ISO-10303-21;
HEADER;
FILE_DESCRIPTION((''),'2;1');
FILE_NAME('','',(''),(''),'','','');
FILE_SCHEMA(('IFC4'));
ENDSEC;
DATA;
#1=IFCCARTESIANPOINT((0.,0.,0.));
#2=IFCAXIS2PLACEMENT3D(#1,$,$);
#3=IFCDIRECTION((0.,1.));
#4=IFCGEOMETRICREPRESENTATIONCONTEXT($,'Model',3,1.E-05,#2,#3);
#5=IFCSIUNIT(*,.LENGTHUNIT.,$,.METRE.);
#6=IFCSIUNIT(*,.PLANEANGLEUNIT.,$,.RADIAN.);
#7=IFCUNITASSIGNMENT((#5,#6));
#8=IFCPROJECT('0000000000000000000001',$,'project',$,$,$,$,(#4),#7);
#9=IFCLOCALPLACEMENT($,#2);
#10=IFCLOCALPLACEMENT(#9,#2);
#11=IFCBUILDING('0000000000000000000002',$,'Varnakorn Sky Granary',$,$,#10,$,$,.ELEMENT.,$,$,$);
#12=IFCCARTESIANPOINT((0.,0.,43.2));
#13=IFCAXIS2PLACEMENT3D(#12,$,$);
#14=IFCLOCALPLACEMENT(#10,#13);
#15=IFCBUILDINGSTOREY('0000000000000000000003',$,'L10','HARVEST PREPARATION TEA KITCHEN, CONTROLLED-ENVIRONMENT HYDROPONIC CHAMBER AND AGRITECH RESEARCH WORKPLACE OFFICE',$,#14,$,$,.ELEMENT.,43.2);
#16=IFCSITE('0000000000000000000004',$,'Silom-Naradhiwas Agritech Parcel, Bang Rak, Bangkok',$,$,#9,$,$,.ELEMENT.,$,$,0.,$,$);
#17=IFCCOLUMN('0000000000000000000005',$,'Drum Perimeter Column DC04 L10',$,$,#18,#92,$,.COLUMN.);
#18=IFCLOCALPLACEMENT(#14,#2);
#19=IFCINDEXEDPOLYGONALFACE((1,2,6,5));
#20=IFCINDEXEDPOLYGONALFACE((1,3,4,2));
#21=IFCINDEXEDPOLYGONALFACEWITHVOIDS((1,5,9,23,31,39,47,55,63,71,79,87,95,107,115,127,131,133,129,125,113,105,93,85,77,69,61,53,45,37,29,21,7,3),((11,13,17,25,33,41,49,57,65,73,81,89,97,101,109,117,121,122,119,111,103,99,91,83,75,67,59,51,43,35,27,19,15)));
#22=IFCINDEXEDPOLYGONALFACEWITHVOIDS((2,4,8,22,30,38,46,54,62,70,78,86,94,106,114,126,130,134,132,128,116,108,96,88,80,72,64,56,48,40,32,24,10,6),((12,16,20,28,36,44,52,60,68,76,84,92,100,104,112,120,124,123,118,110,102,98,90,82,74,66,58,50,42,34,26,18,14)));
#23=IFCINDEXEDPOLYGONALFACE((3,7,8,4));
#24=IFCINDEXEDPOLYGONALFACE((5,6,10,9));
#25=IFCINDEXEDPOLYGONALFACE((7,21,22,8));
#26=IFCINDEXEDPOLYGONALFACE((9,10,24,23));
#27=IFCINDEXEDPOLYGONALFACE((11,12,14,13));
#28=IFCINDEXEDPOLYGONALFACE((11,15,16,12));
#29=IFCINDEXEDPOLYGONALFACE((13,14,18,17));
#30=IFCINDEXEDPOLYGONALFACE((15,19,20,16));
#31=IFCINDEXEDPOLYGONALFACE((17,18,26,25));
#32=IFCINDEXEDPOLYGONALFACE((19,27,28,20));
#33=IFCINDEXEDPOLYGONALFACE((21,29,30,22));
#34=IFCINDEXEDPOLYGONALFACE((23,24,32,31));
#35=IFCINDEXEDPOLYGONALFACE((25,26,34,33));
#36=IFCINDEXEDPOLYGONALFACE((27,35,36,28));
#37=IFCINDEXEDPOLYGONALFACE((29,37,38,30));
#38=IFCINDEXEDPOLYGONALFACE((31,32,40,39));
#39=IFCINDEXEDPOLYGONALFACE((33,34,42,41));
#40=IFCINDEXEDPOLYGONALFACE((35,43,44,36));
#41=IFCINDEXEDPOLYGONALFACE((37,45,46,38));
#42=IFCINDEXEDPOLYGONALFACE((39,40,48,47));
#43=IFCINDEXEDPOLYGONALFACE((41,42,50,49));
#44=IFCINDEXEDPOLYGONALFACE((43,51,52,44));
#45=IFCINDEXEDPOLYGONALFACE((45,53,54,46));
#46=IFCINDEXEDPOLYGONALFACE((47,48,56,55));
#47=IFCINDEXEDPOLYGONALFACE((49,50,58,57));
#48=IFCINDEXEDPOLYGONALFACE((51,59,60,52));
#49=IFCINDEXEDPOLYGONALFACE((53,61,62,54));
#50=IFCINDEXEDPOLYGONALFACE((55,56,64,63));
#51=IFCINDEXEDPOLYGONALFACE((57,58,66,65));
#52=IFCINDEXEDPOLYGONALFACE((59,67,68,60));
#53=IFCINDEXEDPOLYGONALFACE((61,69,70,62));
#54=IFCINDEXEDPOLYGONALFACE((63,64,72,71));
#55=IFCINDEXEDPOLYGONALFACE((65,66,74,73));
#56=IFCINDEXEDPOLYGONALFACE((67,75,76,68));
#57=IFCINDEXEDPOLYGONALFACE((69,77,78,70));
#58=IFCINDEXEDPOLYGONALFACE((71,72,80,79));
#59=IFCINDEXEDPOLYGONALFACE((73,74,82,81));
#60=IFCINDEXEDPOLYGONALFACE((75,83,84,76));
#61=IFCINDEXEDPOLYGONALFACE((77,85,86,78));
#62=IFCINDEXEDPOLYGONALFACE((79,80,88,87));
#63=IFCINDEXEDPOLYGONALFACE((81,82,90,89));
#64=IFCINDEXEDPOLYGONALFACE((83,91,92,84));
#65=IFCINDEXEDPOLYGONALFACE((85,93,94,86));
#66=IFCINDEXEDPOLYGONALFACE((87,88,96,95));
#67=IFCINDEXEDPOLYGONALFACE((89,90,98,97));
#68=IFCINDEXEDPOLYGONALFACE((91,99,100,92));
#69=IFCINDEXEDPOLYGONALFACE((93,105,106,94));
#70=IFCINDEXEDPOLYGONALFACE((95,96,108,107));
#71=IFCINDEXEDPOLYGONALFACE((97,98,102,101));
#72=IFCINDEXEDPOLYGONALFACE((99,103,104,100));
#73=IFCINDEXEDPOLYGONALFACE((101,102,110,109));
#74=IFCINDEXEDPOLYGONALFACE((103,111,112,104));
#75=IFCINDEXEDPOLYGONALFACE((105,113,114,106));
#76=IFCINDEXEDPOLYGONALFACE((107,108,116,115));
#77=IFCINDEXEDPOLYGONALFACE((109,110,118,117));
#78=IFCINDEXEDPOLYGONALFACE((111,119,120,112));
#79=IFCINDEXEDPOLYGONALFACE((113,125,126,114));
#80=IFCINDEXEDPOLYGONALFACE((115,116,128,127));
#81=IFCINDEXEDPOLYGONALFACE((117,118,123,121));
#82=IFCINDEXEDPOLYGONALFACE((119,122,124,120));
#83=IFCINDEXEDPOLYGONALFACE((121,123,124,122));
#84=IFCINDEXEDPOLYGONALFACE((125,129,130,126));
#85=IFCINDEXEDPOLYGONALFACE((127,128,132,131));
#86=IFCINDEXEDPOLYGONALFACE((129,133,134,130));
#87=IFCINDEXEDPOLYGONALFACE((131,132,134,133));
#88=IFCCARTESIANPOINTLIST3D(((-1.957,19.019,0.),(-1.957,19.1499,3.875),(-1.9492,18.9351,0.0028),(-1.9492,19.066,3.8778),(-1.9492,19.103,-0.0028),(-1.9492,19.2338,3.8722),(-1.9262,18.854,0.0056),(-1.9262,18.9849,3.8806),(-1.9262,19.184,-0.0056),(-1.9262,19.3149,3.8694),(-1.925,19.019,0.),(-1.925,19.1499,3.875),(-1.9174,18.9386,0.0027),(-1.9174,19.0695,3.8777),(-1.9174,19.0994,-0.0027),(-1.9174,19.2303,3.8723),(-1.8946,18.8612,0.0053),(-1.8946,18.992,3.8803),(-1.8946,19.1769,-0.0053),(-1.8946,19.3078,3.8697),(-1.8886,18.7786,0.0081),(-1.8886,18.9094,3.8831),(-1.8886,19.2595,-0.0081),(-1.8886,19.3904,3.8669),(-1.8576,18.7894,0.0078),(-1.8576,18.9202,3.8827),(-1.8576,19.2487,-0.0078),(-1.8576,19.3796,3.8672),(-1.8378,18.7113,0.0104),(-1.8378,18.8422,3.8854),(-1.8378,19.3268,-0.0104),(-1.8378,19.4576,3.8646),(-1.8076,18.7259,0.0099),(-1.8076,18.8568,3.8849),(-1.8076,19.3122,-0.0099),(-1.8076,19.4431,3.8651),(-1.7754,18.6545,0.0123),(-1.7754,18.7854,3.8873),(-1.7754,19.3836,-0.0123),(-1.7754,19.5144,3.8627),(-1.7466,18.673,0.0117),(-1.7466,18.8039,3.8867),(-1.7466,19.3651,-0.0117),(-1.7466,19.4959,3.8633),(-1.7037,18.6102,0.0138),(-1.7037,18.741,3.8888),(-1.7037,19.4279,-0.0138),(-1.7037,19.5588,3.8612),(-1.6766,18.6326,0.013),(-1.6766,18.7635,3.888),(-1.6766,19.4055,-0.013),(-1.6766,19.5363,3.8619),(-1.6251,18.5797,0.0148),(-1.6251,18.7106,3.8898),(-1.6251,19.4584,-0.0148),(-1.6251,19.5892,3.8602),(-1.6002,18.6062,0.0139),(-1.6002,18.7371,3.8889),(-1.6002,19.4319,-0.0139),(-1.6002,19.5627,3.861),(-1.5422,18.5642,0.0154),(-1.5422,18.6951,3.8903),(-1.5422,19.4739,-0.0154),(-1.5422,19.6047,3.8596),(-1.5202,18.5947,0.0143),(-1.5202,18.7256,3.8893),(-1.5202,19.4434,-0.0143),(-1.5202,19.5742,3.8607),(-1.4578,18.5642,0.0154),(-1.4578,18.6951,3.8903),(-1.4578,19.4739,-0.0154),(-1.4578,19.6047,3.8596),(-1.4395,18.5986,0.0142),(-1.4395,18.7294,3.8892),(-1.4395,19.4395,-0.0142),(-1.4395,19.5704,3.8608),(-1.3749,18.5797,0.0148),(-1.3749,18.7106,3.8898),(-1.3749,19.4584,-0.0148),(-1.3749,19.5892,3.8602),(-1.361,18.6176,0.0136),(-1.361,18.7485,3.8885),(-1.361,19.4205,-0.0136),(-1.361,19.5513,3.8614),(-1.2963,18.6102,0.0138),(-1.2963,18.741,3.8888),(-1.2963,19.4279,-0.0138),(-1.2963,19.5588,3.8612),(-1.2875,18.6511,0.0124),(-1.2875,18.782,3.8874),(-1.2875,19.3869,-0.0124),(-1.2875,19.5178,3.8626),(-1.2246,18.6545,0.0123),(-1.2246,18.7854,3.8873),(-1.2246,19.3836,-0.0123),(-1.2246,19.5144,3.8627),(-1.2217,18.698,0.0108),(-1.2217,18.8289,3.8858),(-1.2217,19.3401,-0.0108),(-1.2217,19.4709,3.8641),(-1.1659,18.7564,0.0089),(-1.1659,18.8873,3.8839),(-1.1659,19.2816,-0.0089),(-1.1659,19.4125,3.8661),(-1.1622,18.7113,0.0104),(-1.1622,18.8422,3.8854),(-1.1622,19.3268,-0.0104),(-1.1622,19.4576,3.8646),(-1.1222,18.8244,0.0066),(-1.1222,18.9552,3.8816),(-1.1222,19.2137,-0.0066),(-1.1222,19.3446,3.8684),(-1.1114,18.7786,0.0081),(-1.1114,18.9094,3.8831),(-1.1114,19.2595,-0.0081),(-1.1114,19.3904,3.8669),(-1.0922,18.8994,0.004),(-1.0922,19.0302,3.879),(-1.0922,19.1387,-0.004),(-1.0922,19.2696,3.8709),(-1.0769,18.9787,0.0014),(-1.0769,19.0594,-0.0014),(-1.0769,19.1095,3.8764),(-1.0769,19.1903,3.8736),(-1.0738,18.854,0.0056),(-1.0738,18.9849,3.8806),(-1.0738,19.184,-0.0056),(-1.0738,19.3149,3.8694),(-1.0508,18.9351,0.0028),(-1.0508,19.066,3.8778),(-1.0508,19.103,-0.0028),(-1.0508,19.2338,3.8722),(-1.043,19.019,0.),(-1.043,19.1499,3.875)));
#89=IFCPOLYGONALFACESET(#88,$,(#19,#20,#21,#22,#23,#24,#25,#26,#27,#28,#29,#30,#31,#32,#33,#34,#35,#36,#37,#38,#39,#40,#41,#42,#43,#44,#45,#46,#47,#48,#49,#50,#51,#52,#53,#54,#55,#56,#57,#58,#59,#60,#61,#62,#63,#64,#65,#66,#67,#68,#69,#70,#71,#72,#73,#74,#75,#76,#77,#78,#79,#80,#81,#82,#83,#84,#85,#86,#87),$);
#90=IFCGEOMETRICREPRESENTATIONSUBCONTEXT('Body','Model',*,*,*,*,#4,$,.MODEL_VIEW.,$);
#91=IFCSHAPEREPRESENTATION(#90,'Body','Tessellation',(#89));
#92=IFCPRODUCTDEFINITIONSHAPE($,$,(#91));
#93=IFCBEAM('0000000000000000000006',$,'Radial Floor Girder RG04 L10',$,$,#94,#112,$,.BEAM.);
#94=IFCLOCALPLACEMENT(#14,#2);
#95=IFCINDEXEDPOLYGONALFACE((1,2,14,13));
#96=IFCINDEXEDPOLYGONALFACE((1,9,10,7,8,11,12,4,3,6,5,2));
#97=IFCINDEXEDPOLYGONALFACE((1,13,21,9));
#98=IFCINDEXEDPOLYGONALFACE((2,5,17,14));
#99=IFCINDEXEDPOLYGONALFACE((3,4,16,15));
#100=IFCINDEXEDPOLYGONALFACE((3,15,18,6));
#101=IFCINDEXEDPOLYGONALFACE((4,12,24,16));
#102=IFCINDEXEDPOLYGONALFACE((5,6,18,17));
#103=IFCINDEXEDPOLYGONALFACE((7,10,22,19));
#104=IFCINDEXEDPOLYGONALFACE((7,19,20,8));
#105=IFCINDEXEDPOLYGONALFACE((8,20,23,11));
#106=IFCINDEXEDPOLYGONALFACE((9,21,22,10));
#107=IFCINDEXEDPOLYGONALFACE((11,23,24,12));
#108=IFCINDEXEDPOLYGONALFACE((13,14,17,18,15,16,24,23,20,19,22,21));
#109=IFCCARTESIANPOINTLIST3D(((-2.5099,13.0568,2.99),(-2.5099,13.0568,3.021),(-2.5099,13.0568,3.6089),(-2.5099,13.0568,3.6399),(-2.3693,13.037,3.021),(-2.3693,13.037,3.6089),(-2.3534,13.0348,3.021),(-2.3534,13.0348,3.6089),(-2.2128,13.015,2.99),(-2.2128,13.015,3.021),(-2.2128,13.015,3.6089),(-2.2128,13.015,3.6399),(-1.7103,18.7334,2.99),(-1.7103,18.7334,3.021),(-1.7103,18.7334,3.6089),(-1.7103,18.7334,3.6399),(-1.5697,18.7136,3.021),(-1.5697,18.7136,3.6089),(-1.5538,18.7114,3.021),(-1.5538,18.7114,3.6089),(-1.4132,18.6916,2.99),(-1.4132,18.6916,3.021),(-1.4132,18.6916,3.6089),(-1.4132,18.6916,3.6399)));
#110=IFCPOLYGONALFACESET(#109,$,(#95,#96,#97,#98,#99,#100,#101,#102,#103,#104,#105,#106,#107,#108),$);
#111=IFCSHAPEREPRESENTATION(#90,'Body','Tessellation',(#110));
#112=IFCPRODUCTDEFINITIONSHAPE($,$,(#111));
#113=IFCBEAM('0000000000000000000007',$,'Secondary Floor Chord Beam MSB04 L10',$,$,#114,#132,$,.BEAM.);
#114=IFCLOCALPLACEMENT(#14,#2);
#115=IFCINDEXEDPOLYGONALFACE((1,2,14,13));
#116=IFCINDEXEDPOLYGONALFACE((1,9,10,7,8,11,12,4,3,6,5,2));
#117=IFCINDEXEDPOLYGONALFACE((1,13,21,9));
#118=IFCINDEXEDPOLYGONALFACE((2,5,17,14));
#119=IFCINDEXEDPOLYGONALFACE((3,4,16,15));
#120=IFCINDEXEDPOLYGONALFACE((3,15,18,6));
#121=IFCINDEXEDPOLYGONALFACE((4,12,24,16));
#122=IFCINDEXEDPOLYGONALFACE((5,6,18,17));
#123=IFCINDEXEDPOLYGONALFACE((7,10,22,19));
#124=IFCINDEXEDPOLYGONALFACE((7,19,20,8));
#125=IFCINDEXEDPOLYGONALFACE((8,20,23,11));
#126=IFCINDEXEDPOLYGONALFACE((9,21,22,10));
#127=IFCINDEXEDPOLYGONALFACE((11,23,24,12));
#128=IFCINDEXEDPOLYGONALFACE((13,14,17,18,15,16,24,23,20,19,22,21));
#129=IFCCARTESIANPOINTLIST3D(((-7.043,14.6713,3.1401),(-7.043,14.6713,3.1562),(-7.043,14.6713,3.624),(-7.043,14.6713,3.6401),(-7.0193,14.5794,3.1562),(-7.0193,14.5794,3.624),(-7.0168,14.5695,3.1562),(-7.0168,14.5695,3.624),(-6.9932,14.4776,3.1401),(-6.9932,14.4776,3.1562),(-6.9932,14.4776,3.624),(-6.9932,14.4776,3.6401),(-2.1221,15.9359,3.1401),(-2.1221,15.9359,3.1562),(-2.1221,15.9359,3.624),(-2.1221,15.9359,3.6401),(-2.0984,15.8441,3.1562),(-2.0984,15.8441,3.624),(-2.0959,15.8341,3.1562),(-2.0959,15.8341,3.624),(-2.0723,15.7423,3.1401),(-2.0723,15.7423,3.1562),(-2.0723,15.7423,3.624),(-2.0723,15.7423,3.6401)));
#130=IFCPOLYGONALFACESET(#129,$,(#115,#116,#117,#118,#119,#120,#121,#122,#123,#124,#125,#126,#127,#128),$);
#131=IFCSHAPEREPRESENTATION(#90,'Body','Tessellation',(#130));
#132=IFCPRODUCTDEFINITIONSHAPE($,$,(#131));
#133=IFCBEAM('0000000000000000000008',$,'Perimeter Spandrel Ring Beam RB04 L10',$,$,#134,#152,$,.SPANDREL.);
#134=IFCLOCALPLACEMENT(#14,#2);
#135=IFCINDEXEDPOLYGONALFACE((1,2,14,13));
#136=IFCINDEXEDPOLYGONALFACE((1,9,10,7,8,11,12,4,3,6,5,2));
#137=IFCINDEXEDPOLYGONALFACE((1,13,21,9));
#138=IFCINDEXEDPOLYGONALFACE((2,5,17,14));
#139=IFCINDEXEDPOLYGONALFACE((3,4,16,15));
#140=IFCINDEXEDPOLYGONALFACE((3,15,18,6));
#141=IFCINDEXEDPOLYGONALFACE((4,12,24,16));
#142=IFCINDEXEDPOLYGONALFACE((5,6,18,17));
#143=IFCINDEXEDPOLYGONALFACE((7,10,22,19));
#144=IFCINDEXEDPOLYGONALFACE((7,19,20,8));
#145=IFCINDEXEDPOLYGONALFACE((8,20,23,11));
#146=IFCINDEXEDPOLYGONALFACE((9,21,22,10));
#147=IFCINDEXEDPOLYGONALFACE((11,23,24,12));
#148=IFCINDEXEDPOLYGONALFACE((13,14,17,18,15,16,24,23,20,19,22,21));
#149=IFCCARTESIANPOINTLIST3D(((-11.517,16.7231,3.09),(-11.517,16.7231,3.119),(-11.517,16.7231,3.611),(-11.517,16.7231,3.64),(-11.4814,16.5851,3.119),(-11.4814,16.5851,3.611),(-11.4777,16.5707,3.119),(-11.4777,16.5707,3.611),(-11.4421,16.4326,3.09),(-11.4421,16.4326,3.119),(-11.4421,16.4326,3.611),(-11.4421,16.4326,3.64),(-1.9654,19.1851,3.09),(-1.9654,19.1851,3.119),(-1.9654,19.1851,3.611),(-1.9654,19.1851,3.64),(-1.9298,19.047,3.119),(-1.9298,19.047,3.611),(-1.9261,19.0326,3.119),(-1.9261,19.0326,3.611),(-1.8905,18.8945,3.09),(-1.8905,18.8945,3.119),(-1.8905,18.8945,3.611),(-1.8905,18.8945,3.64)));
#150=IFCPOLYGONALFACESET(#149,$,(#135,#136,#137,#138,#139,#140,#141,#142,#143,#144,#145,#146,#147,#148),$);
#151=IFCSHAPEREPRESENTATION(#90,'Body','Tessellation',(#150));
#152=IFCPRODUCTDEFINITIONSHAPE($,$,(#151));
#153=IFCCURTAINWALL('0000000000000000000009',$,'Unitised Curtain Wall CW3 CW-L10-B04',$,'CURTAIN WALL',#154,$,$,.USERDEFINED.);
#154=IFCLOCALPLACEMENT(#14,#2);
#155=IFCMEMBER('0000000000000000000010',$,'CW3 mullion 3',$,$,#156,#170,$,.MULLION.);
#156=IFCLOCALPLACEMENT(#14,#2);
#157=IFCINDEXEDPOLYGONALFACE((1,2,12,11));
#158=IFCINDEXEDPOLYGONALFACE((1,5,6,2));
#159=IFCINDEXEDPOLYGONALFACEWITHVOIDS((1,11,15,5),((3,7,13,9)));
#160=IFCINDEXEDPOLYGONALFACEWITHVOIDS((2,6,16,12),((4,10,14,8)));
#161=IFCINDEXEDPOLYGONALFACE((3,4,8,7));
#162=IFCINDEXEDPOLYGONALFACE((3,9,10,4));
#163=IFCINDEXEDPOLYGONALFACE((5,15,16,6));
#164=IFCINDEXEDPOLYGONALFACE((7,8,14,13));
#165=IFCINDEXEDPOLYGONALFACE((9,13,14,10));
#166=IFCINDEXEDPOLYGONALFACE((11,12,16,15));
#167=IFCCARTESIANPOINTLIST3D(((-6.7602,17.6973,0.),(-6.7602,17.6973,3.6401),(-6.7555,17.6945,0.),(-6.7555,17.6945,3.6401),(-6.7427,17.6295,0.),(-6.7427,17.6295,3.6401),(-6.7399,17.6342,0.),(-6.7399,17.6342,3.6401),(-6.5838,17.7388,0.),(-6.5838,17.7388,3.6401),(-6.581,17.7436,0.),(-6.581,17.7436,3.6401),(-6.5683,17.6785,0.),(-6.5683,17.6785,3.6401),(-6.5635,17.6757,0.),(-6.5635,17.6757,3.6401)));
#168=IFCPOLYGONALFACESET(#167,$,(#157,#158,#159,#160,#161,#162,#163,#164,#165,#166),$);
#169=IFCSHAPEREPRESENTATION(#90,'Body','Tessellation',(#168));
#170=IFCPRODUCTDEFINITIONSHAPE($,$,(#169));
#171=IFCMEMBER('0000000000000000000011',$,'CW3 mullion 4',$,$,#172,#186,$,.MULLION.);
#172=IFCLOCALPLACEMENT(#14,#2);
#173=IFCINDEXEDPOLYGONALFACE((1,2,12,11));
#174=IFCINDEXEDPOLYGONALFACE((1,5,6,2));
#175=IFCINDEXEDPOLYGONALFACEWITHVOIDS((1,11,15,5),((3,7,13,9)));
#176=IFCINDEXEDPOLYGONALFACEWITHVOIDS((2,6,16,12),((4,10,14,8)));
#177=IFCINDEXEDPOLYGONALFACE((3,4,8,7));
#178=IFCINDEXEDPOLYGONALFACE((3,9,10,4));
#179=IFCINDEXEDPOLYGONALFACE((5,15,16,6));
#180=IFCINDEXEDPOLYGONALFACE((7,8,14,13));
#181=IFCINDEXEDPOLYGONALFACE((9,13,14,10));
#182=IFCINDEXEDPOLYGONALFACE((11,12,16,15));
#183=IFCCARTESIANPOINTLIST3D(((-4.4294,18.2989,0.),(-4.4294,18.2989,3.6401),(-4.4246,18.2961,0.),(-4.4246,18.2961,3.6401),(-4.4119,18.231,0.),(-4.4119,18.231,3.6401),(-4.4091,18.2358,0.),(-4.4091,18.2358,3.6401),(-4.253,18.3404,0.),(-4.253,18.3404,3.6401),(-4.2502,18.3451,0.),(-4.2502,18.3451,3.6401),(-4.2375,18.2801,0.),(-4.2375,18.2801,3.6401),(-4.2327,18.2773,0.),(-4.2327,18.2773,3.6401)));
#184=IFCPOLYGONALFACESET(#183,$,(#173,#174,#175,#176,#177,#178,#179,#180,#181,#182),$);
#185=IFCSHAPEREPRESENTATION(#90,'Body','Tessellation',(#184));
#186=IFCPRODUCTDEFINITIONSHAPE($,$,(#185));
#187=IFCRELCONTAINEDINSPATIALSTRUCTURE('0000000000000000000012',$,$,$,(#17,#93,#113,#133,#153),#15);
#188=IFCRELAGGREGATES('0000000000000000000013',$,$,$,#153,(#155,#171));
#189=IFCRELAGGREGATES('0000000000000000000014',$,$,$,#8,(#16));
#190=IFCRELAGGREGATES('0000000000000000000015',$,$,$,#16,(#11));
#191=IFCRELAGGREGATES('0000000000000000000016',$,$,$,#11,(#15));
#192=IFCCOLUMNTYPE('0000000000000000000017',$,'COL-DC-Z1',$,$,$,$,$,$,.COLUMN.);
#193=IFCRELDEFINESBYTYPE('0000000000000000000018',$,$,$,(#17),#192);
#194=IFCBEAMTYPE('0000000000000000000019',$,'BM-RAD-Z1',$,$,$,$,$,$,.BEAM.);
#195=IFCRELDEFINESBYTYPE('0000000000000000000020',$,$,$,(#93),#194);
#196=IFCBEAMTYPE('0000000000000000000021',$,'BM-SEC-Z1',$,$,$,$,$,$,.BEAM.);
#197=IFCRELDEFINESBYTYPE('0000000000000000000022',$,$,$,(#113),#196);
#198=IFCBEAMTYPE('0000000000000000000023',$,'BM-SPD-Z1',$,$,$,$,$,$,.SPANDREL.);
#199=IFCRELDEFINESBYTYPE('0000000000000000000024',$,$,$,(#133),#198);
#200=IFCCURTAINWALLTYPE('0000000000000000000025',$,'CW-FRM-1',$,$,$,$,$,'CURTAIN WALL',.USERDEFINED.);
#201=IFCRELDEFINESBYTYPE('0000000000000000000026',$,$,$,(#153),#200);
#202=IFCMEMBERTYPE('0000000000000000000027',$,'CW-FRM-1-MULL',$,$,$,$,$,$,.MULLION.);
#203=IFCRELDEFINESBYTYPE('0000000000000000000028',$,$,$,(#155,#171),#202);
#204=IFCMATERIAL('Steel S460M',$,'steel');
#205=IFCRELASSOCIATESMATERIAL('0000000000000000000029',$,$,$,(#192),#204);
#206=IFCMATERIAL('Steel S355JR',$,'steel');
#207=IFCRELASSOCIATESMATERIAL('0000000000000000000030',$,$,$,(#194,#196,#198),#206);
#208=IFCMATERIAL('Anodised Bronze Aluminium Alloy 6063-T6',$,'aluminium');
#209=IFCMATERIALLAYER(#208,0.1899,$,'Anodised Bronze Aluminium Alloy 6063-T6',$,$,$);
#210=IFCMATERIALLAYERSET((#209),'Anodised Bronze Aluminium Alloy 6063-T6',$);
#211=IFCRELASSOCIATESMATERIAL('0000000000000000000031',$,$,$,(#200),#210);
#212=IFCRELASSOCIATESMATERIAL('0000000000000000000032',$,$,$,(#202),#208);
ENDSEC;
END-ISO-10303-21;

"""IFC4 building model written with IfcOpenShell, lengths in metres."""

from ifc_helpers import new_model, si_unit, direction, frame, origin, origin_2d, place, context, subcontext, project, spatial, hollow_rectangle, hollow_circle, i_section, extrude, material, layer, layer_set, material_profile, profile_set, type_object, element, aggregate, save


model = new_model("IFC4")

# Units and contexts
model_context = context("Model", 3, precision=1e-05, world=origin(), true_north=direction((0.0, 1.0)))
body_context = subcontext(model_context, "Body", "Model", "MODEL_VIEW")
ifc_project = project(units=[si_unit("LENGTHUNIT", "METRE"), si_unit("PLANEANGLEUNIT", "RADIAN")], contexts=[model_context])

# Site, building, storey
site_placement = place(None, origin())
site = spatial("IfcSite", under=ifc_project, at=site_placement, Name="Silom-Naradhiwas Agritech Parcel, Bang Rak, Bangkok", CompositionType="ELEMENT", RefElevation=0.0)
building_placement = place(site_placement, origin())
building = spatial("IfcBuilding", under=site, at=building_placement, Name="Varnakorn Sky Granary", CompositionType="ELEMENT")
storey_placement = place(building_placement, frame((0.0, 0.0, 43.2)))
storey = spatial("IfcBuildingStorey", under=building, at=storey_placement, Name="L10", Description="HARVEST PREPARATION TEA KITCHEN, CONTROLLED-ENVIRONMENT HYDROPONIC CHAMBER AND AGRITECH RESEARCH WORKPLACE OFFICE", CompositionType="ELEMENT", Elevation=43.2)

# Column
ifc_material_1 = material(Name="Steel S460M", Category="steel")
ifc_material_profile_1 = material_profile(ifc_material_1, hollow_circle(Radius=0.457, WallThickness=0.032, at=origin_2d()), Name="CHS 914x32")
ifc_profile_set_1 = profile_set([ifc_material_profile_1], Name="Steel S460M")
column_type = type_object("IfcColumnType", Name="COL-DC-Z1", PredefinedType="COLUMN", material=ifc_profile_set_1)
column_placement = place(storey_placement, frame((-1.5, 19.019, 0.0), z_axis=(0.0, 0.033751, 0.99943), x_axis=(-1.0, 0.0, 0.0)))
element("IfcColumn", 1, at=column_placement, inside=storey, type_object=column_type, Name="Drum Perimeter Column DC04 L10", PredefinedType="COLUMN", context=body_context, shape_type="SweptSolid", body=[
    extrude(hollow_circle(Radius=0.457, WallThickness=0.032, at=origin_2d()), origin(), (0.0, 0.0, 1.0), 3.8772),
])

# Beams
ifc_material_2 = material(Name="Steel S355JR", Category="steel")
ifc_material_profile_2 = material_profile(ifc_material_2, i_section(OverallWidth=0.3, OverallDepth=0.6499, WebThickness=0.0161, FlangeThickness=0.031, at=origin_2d()), Name="HE 650 B")
ifc_profile_set_2 = profile_set([ifc_material_profile_2], Name="Steel S355JR")
beam_type_1 = type_object("IfcBeamType", Name="BM-RAD-Z1", PredefinedType="BEAM", material=ifc_profile_set_2)
beam_1_placement = place(storey_placement, frame((-2.3613, 13.0359, 3.3149), z_axis=(0.139477, 0.990225, 0.0), x_axis=(-0.990225, 0.139477, 0.0)))
element("IfcBeam", 2, at=beam_1_placement, inside=storey, type_object=beam_type_1, Name="Radial Floor Girder RG04 L10", PredefinedType="BEAM", context=body_context, shape_type="SweptSolid", body=[
    extrude(i_section(OverallWidth=0.3, OverallDepth=0.6499, WebThickness=0.0161, FlangeThickness=0.031, at=origin_2d()), origin(), (0.0, 0.0, 1.0), 5.7327),
])
ifc_material_profile_3 = material_profile(ifc_material_2, i_section(OverallWidth=0.2, OverallDepth=0.5, WebThickness=0.0103, FlangeThickness=0.0161, at=origin_2d()), Name="IPE 500")
ifc_profile_set_3 = profile_set([ifc_material_profile_3], Name="Steel S355JR")
beam_type_2 = type_object("IfcBeamType", Name="BM-SEC-Z1", PredefinedType="BEAM", material=ifc_profile_set_3)
beam_2_placement = place(storey_placement, frame((-2.0972, 15.8391, 3.3901), z_axis=(-0.968527, -0.248907, 0.0), x_axis=(0.248907, -0.968527, 0.0)))
element("IfcBeam", 3, at=beam_2_placement, inside=storey, type_object=beam_type_2, Name="Secondary Floor Chord Beam MSB04 L10", PredefinedType="BEAM", context=body_context, shape_type="SweptSolid", body=[
    extrude(i_section(OverallWidth=0.2, OverallDepth=0.5, WebThickness=0.0103, FlangeThickness=0.0161, at=origin_2d()), origin(), (0.0, 0.0, 1.0), 5.0808),
])
ifc_material_profile_4 = material_profile(ifc_material_2, i_section(OverallWidth=0.3, OverallDepth=0.55, WebThickness=0.0149, FlangeThickness=0.0291, at=origin_2d()), Name="HE 550 B")
ifc_profile_set_4 = profile_set([ifc_material_profile_4], Name="Steel S355JR")
beam_type_3 = type_object("IfcBeamType", Name="BM-SPD-Z1", PredefinedType="SPANDREL", material=ifc_profile_set_4)
beam_3_placement = place(storey_placement, frame((-1.928, 19.0398, 3.365), z_axis=(-0.968351, -0.249594, 0.0), x_axis=(0.249594, -0.968351, 0.0)))
element("IfcBeam", 4, at=beam_3_placement, inside=storey, type_object=beam_type_3, Name="Perimeter Spandrel Ring Beam RB04 L10", PredefinedType="SPANDREL", context=body_context, shape_type="SweptSolid", body=[
    extrude(i_section(OverallWidth=0.3, OverallDepth=0.55, WebThickness=0.0149, FlangeThickness=0.0291, at=origin_2d()), origin(), (0.0, 0.0, 1.0), 9.8638),
])

# Curtain wall, members
ifc_material_3 = material(Name="Anodised Bronze Aluminium Alloy 6063-T6", Category="aluminium")
ifc_layer_1 = layer(ifc_material_3, 0.1899, Name="Anodised Bronze Aluminium Alloy 6063-T6")
ifc_layer_set_1 = layer_set([ifc_layer_1], Name="Anodised Bronze Aluminium Alloy 6063-T6")
curtain_wall_type = type_object("IfcCurtainWallType", Name="CW-FRM-1", ElementType="CURTAIN WALL", PredefinedType="USERDEFINED", material=ifc_layer_set_1)
curtain_wall_placement = place(storey_placement, origin())
curtain_wall = element("IfcCurtainWall", 5, at=curtain_wall_placement, inside=storey, type_object=curtain_wall_type, Name="Unitised Curtain Wall CW3 CW-L10-B04", ObjectType="CURTAIN WALL", PredefinedType="USERDEFINED")
ifc_material_profile_5 = material_profile(ifc_material_3, hollow_rectangle(XDim=0.0701, YDim=0.1851, WallThickness=0.0039, at=origin_2d()), Name="ALU MULL 70x185")
ifc_profile_set_5 = profile_set([ifc_material_profile_5], Name="Anodised Bronze Aluminium Alloy 6063-T6")
member_type_1 = type_object("IfcMemberType", Name="CW-FRM-1-MULL", PredefinedType="MULLION", material=ifc_profile_set_5)
member_1_placement = place(storey_placement, frame((-6.6619, 17.6865, 0.0), z_axis=(0.0, 0.0, 1.0), x_axis=(-0.24996, 0.968256, 0.0)))
member_1 = element("IfcMember", 6, at=member_1_placement, type_object=member_type_1, Name="CW3 mullion 3", PredefinedType="MULLION", context=body_context, shape_type="SweptSolid", body=[
    extrude(hollow_rectangle(XDim=0.0701, YDim=0.1851, WallThickness=0.0039, at=origin_2d()), origin(), (0.0, 0.0, 1.0), 3.6401),
])
member_2_placement = place(storey_placement, frame((-4.3311, 18.2881, 0.0), z_axis=(0.0, 0.0, 1.0), x_axis=(-0.24996, 0.968256, 0.0)))
member_2 = element("IfcMember", 7, at=member_2_placement, type_object=member_type_1, Name="CW3 mullion 4", PredefinedType="MULLION", context=body_context, shape_type="SweptSolid", body=[
    extrude(hollow_rectangle(XDim=0.0701, YDim=0.1851, WallThickness=0.0039, at=origin_2d()), origin(), (0.0, 0.0, 1.0), 3.6401),
])
aggregate(curtain_wall, [member_1, member_2])

save(model, "model.ifc")
